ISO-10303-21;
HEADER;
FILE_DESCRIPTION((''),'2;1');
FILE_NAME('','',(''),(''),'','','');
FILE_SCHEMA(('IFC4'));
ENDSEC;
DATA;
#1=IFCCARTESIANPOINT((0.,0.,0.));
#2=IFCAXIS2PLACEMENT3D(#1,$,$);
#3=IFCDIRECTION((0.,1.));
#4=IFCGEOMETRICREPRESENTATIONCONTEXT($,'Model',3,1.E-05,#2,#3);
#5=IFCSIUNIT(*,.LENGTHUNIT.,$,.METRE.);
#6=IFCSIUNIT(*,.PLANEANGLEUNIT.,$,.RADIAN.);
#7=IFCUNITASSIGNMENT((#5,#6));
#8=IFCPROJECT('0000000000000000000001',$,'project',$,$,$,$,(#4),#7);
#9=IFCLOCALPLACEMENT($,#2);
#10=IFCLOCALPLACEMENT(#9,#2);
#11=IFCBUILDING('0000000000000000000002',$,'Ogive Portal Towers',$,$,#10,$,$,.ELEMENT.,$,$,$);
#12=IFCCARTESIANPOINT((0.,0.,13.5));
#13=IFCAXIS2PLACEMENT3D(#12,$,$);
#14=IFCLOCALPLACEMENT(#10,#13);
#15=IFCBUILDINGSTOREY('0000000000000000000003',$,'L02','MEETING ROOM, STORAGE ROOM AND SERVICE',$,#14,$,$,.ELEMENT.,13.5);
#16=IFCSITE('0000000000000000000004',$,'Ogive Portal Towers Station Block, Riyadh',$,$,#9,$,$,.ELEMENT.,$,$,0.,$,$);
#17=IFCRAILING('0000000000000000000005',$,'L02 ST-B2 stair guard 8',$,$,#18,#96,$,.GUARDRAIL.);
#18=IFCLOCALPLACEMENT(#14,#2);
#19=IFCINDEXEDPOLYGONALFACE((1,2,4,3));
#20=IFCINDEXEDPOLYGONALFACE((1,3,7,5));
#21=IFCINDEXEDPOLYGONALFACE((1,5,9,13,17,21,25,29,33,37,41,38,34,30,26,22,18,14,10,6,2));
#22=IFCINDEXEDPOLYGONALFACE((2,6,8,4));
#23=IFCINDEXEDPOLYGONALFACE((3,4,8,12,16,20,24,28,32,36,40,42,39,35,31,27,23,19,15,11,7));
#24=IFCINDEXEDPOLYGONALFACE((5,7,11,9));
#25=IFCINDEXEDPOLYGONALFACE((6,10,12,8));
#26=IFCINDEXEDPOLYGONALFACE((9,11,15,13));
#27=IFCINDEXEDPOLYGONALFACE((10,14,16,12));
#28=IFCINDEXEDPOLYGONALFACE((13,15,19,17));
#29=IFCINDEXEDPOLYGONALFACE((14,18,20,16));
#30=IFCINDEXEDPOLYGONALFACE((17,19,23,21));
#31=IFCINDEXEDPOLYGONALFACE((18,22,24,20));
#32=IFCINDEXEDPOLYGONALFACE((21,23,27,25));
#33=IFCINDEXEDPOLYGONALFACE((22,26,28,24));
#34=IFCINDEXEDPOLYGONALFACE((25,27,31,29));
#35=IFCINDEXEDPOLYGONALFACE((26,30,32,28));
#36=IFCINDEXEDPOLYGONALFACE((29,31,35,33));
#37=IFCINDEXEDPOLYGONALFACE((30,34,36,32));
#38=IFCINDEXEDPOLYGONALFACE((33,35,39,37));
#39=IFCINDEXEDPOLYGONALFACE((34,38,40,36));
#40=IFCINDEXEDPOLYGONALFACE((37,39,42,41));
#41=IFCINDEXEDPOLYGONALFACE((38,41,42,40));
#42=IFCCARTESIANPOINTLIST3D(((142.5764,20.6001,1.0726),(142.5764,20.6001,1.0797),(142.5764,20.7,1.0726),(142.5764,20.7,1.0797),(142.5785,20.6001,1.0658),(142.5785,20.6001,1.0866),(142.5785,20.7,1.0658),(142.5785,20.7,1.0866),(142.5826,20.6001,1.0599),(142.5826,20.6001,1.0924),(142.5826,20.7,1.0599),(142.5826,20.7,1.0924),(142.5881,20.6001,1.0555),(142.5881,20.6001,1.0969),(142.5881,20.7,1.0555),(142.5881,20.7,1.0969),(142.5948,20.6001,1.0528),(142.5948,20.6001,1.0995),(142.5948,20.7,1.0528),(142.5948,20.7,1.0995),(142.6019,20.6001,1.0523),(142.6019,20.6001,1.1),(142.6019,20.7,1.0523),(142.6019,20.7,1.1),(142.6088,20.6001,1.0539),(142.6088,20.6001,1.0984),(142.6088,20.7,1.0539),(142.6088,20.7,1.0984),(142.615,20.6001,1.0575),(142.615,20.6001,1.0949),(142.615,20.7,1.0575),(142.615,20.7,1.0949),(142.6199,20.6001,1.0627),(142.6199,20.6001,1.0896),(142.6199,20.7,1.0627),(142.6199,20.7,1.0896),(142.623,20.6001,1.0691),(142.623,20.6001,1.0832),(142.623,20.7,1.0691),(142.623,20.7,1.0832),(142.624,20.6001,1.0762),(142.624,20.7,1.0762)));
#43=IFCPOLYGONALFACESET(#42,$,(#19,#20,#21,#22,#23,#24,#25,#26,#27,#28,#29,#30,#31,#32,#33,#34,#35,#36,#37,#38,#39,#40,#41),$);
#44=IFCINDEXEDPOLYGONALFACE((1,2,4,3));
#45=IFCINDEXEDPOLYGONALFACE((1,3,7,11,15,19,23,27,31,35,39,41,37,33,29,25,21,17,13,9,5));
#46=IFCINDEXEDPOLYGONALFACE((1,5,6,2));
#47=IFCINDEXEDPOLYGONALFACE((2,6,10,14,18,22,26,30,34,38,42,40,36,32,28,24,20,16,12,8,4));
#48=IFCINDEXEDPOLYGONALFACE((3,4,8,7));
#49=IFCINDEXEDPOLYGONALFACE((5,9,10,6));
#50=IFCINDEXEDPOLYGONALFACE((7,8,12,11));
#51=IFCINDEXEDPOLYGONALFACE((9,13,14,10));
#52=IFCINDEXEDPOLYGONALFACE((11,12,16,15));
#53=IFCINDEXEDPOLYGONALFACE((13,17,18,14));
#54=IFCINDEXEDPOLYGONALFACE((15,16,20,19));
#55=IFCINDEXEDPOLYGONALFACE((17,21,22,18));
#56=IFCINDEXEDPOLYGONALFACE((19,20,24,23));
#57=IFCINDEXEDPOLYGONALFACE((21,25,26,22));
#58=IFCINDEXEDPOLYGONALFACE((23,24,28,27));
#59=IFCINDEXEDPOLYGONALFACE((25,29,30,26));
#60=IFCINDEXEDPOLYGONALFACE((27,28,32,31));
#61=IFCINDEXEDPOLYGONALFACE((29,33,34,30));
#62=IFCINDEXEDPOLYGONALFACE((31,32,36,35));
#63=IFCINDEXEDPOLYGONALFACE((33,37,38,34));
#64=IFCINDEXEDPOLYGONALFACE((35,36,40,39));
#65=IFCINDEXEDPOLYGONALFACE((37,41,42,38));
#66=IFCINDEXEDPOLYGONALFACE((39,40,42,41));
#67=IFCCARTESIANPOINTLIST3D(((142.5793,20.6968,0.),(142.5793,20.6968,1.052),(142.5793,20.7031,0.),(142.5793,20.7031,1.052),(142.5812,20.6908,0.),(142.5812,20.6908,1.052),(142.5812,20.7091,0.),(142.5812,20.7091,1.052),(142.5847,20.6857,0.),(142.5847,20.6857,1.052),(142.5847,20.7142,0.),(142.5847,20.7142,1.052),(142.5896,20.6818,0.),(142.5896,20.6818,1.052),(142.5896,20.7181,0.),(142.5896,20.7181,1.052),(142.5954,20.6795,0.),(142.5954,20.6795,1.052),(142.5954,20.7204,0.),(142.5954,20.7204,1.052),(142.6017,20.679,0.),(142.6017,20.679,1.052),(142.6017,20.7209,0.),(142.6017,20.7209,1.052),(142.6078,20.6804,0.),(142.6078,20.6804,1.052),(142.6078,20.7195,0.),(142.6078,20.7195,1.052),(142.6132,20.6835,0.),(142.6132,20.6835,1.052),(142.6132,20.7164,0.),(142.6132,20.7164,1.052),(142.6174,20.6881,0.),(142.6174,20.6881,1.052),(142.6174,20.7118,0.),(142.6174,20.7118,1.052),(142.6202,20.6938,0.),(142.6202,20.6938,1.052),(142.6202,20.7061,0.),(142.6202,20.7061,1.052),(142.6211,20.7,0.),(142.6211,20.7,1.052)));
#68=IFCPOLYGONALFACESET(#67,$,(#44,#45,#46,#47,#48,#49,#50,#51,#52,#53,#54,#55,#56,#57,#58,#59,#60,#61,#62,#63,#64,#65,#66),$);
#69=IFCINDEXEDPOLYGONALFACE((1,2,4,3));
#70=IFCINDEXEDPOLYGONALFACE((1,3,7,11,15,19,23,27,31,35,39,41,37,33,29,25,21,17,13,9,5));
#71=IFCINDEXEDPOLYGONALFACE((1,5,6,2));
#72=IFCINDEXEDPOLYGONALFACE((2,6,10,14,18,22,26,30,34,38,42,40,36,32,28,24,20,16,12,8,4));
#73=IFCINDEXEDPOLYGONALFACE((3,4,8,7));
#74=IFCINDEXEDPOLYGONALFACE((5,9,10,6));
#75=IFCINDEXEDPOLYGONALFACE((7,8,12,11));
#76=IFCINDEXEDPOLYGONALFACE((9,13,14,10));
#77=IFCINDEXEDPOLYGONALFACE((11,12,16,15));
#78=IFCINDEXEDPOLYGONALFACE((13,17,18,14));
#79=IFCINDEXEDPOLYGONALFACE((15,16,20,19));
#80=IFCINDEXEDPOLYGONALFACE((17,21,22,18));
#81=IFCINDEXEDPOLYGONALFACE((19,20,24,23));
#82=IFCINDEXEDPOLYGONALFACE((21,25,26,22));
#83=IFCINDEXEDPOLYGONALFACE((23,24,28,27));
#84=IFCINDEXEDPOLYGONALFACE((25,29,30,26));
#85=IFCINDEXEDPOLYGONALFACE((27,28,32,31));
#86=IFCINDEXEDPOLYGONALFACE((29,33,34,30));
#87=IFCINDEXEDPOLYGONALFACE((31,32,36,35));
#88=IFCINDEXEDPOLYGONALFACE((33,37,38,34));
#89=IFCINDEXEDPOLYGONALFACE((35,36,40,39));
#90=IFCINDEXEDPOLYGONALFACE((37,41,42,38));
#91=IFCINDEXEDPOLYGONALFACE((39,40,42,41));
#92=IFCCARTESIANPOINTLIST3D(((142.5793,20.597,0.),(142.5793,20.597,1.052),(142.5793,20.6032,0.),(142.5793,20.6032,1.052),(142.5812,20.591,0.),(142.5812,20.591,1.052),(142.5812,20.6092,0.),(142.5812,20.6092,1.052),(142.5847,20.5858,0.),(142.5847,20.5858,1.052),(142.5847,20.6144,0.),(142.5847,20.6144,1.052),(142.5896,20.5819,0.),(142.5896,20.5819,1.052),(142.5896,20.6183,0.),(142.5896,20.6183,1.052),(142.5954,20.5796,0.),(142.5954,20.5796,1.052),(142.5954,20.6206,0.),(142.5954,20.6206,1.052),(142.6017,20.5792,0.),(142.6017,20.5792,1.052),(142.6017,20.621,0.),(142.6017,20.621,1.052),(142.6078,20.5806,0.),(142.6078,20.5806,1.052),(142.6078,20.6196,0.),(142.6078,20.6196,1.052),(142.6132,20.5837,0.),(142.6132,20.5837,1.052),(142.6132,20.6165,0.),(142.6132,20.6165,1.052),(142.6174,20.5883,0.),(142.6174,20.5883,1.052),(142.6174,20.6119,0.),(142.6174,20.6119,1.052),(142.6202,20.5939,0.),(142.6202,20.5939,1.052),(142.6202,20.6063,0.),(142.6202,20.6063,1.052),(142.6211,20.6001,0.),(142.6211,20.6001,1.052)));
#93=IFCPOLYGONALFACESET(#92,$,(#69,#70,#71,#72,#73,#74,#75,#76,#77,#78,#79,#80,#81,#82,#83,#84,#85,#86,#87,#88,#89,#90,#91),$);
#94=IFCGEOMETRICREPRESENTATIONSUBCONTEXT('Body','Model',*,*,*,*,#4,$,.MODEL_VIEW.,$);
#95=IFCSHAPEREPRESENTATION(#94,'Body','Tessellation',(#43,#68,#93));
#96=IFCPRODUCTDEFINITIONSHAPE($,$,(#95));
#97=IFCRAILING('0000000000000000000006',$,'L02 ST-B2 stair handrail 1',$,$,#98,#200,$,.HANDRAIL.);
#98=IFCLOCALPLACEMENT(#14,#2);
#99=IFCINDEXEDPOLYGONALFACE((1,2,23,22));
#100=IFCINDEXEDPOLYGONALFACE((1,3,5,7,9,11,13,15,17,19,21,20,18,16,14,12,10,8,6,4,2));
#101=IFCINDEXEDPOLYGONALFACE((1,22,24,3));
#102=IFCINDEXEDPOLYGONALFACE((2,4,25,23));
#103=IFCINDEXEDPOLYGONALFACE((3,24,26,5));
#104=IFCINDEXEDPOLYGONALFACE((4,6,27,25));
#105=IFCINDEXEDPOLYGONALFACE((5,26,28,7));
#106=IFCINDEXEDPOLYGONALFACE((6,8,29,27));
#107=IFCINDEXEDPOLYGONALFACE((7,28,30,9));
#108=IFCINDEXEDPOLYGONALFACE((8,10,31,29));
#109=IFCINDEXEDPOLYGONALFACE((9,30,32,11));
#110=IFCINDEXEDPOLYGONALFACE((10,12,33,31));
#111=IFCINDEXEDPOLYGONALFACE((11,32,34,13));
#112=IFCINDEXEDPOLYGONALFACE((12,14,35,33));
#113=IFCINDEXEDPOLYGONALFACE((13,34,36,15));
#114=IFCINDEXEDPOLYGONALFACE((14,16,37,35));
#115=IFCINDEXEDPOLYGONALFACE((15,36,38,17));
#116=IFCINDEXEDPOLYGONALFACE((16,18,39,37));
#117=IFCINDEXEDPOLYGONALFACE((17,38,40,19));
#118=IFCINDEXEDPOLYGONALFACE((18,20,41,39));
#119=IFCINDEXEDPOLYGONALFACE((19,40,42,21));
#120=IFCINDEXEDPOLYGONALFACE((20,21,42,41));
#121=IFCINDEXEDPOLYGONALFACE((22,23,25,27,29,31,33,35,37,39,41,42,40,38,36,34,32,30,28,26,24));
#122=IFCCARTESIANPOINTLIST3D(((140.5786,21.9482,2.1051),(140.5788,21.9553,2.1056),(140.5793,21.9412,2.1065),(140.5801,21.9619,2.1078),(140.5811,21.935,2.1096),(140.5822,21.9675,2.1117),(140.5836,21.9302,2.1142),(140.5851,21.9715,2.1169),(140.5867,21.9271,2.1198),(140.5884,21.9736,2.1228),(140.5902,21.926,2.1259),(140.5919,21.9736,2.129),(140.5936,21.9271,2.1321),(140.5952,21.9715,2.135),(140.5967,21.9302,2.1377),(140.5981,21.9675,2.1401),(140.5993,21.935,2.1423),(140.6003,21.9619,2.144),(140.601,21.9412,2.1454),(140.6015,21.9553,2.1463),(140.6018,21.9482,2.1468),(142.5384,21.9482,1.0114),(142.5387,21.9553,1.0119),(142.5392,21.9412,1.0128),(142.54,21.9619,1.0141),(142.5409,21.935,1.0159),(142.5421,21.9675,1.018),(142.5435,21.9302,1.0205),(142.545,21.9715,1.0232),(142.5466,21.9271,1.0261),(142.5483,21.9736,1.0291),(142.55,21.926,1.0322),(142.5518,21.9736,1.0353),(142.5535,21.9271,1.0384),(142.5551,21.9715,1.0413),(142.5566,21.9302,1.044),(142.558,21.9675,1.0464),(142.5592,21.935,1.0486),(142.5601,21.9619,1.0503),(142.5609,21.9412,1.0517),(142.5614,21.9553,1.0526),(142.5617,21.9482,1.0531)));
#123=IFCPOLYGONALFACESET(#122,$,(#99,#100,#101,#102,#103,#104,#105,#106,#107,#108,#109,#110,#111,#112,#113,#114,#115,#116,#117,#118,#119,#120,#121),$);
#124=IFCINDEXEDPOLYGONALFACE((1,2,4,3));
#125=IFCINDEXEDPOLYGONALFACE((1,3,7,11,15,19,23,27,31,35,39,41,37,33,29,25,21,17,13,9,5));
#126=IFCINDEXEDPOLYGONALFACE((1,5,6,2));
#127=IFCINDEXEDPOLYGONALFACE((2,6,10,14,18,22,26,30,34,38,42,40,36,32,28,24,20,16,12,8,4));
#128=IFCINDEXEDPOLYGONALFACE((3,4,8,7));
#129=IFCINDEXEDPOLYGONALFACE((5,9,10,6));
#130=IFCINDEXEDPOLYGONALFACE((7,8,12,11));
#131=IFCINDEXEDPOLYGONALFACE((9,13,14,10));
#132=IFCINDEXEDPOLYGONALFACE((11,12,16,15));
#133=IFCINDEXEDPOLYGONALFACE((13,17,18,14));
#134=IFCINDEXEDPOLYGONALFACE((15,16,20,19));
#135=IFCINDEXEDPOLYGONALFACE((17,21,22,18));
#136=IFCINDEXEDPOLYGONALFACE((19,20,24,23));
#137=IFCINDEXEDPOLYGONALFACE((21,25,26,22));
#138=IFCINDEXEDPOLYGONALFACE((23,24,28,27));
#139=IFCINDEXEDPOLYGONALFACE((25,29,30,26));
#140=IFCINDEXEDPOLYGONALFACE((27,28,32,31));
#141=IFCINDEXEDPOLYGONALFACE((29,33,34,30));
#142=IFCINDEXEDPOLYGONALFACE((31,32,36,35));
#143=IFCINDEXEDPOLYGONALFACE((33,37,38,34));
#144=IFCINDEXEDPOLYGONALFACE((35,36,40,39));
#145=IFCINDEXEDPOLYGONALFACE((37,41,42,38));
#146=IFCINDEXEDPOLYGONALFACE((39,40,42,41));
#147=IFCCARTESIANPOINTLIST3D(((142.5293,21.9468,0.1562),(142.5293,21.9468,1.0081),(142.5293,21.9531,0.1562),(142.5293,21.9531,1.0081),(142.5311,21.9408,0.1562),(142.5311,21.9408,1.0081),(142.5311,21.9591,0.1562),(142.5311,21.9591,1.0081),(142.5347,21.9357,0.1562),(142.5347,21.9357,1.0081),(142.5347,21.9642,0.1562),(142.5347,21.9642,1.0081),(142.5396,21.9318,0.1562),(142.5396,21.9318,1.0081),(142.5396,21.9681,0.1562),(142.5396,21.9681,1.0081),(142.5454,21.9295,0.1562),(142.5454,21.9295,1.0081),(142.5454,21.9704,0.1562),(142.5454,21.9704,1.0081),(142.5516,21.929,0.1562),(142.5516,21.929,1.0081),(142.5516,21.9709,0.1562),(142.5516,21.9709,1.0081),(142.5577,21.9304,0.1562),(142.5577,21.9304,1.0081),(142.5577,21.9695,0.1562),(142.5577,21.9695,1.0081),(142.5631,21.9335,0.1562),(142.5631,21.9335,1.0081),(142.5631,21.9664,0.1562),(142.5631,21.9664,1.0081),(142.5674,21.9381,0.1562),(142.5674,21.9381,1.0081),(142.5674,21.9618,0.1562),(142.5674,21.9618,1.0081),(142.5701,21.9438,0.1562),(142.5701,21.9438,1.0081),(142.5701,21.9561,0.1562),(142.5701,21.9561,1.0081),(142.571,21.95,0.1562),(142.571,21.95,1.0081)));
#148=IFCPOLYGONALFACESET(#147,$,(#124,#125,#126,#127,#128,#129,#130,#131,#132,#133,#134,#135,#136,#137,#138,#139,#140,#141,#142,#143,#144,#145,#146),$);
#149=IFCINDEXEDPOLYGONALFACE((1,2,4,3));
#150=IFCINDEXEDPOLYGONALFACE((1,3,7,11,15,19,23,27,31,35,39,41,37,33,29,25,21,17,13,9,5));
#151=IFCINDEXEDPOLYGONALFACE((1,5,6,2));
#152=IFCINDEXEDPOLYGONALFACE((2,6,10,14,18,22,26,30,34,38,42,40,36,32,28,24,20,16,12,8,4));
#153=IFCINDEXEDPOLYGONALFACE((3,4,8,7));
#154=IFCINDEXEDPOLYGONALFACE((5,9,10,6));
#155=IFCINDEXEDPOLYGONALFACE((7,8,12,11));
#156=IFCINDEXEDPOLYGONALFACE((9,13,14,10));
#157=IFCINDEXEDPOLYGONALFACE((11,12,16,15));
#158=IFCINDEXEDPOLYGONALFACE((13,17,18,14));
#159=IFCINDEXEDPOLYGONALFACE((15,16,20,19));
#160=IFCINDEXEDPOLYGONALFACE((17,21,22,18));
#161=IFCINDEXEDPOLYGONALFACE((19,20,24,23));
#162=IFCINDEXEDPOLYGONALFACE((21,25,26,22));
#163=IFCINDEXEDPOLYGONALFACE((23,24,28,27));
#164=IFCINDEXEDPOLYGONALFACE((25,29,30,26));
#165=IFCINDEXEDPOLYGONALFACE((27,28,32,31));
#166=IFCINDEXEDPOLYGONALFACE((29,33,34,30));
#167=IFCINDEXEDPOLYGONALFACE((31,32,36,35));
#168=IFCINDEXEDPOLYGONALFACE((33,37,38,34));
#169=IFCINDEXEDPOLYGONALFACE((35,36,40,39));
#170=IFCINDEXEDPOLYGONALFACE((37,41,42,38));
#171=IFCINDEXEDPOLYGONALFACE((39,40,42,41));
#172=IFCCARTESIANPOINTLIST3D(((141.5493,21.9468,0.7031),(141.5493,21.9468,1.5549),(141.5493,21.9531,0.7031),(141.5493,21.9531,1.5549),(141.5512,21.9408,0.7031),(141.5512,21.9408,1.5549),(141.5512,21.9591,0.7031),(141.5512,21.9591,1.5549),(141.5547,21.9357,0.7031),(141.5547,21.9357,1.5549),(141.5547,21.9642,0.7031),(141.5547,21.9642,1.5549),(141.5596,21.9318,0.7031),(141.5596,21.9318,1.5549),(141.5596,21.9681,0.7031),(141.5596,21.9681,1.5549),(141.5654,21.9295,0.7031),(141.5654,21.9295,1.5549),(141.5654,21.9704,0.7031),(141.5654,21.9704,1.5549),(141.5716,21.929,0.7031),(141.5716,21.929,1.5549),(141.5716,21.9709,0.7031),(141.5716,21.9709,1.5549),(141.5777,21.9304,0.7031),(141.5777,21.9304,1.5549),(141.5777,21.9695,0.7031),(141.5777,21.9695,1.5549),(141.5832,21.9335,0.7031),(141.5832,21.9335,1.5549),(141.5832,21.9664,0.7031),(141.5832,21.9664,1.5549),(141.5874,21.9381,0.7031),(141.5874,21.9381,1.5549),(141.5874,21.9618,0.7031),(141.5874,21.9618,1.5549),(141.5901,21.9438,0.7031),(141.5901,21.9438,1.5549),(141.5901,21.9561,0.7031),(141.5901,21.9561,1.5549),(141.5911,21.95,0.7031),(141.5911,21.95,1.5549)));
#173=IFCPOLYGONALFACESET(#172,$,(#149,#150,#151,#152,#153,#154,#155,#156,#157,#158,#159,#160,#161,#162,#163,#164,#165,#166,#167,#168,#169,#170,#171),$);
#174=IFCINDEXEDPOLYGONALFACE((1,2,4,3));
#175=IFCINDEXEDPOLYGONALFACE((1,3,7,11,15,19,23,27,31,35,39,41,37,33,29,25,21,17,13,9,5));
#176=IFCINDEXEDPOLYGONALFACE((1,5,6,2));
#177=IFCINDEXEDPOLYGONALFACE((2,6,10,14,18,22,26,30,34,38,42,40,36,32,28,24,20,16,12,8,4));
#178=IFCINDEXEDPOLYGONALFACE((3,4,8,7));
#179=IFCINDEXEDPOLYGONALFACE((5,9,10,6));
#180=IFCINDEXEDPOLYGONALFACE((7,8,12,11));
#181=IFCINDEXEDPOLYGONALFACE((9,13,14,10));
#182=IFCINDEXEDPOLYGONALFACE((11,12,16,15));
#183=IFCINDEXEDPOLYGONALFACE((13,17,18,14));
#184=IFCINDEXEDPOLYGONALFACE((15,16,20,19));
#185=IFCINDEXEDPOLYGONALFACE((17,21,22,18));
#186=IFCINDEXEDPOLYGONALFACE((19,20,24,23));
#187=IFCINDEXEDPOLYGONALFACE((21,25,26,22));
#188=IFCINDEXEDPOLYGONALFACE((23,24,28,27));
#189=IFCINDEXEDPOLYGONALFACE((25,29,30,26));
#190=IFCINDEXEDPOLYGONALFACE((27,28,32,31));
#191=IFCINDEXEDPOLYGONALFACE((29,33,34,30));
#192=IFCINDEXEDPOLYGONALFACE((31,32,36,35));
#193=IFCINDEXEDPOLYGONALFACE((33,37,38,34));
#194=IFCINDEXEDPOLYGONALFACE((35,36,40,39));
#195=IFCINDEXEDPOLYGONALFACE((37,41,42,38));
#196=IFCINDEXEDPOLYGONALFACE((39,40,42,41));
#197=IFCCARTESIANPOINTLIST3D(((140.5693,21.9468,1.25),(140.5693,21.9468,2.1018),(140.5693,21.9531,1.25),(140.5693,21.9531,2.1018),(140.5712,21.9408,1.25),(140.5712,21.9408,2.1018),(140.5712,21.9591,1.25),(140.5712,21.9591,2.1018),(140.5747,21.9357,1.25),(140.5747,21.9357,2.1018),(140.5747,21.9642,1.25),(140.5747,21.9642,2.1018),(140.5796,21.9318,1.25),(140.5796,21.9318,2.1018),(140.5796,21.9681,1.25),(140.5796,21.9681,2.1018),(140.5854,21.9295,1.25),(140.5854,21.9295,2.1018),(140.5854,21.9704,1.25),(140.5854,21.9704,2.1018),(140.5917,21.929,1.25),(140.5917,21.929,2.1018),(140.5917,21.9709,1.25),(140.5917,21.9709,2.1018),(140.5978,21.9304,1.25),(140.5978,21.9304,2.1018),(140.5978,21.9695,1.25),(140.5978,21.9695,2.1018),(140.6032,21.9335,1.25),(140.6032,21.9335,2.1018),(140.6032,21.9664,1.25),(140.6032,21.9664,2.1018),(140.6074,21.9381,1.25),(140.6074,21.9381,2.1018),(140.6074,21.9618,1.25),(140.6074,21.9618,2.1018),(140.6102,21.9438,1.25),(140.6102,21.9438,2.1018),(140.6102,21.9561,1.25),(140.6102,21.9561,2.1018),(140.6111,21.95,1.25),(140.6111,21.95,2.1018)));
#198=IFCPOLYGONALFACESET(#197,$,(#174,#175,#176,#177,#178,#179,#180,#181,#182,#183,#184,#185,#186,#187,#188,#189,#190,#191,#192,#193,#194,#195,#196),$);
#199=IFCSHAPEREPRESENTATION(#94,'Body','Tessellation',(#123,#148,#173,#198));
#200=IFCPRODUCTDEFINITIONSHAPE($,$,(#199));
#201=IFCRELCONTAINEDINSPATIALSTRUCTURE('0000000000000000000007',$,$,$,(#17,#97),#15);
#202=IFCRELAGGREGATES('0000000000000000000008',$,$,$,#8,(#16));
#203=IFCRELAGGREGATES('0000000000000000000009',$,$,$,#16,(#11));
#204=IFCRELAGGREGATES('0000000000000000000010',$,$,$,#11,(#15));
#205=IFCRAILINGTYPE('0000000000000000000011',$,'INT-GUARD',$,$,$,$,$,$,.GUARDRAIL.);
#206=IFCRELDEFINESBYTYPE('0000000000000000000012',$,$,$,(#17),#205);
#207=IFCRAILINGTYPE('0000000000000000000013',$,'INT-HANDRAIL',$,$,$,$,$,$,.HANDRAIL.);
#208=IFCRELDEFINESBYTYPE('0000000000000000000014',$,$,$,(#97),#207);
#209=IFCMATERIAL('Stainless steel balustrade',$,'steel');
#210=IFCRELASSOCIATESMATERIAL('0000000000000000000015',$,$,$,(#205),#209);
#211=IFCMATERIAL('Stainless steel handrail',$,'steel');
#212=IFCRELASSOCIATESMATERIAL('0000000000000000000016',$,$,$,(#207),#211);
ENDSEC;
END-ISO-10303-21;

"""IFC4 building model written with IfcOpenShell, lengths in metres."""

from ifc_helpers import new_model, si_unit, direction, frame, origin, origin_2d, place, context, subcontext, project, spatial, circle, extrude, material, type_object, element, save


model = new_model("IFC4")

# Units and contexts
model_context = context("Model", 3, precision=1e-05, world=origin(), true_north=direction((0.0, 1.0)))
body_context = subcontext(model_context, "Body", "Model", "MODEL_VIEW")
ifc_project = project(units=[si_unit("LENGTHUNIT", "METRE"), si_unit("PLANEANGLEUNIT", "RADIAN")], contexts=[model_context])

# Site, building, storey
site_placement = place(None, origin())
site = spatial("IfcSite", under=ifc_project, at=site_placement, Name="Ogive Portal Towers Station Block, Riyadh", CompositionType="ELEMENT", RefElevation=0.0)
building_placement = place(site_placement, origin())
building = spatial("IfcBuilding", under=site, at=building_placement, Name="Ogive Portal Towers", CompositionType="ELEMENT")
storey_placement = place(building_placement, frame((0.0, 0.0, 13.5)))
storey = spatial("IfcBuildingStorey", under=building, at=storey_placement, Name="L02", Description="MEETING ROOM, STORAGE ROOM AND SERVICE", CompositionType="ELEMENT", Elevation=13.5)

# Railings
ifc_material_1 = material(Name="Stainless steel balustrade", Category="steel")
railing_type_1 = type_object("IfcRailingType", Name="INT-GUARD", PredefinedType="GUARDRAIL", material=ifc_material_1)
railing_1_placement = place(storey_placement, frame((142.6001, 20.7, 0.0)))
element("IfcRailing", 1, at=railing_1_placement, inside=storey, type_object=railing_type_1, Name="L02 ST-B2 stair guard 8", PredefinedType="GUARDRAIL", context=body_context, shape_type="SweptSolid", body=[
    extrude(circle(Radius=0.0239, at=origin_2d()), frame((0.0, 0.0, 1.0762), z_axis=(0.0, -1.0, 0.0), x_axis=(1.0, 0.0, 0.0)), (0.0, 0.0, 1.0), 0.0999),
    extrude(circle(Radius=0.021, at=origin_2d()), origin(), (0.0, 0.0, 1.0), 1.052),
    extrude(circle(Radius=0.021, at=origin_2d()), frame((0.0, -0.0999, 0.0)), (0.0, 0.0, 1.0), 1.052),
])
ifc_material_2 = material(Name="Stainless steel handrail", Category="steel")
railing_type_2 = type_object("IfcRailingType", Name="INT-HANDRAIL", PredefinedType="HANDRAIL", material=ifc_material_2)
for number, where, name in (
    (2, (142.55, 21.95, 0.1562), "L02 ST-B2 stair handrail 1"),
):
    element("IfcRailing", number, at=place(storey_placement, frame(where)), inside=storey, type_object=railing_type_2, Name=name, PredefinedType="HANDRAIL", context=body_context, shape_type="SweptSolid", body=[
        extrude(circle(Radius=0.0239, at=origin_2d()), frame((0.0, 0.0, 0.876), z_axis=(-0.873232, 0.0, 0.487304), x_axis=(0.0, -1.0, 0.0)), (0.0, 0.0, 1.0), 2.2444),
        extrude(circle(Radius=0.021, at=origin_2d()), origin(), (0.0, 0.0, 1.0), 0.8518),
        extrude(circle(Radius=0.021, at=origin_2d()), frame((-0.98, 0.0, 0.5469)), (0.0, 0.0, 1.0), 0.8518),
        extrude(circle(Radius=0.021, at=origin_2d()), frame((-1.96, 0.0, 1.0938)), (0.0, 0.0, 1.0), 0.8518),
    ])

save(model, "model.ifc")
